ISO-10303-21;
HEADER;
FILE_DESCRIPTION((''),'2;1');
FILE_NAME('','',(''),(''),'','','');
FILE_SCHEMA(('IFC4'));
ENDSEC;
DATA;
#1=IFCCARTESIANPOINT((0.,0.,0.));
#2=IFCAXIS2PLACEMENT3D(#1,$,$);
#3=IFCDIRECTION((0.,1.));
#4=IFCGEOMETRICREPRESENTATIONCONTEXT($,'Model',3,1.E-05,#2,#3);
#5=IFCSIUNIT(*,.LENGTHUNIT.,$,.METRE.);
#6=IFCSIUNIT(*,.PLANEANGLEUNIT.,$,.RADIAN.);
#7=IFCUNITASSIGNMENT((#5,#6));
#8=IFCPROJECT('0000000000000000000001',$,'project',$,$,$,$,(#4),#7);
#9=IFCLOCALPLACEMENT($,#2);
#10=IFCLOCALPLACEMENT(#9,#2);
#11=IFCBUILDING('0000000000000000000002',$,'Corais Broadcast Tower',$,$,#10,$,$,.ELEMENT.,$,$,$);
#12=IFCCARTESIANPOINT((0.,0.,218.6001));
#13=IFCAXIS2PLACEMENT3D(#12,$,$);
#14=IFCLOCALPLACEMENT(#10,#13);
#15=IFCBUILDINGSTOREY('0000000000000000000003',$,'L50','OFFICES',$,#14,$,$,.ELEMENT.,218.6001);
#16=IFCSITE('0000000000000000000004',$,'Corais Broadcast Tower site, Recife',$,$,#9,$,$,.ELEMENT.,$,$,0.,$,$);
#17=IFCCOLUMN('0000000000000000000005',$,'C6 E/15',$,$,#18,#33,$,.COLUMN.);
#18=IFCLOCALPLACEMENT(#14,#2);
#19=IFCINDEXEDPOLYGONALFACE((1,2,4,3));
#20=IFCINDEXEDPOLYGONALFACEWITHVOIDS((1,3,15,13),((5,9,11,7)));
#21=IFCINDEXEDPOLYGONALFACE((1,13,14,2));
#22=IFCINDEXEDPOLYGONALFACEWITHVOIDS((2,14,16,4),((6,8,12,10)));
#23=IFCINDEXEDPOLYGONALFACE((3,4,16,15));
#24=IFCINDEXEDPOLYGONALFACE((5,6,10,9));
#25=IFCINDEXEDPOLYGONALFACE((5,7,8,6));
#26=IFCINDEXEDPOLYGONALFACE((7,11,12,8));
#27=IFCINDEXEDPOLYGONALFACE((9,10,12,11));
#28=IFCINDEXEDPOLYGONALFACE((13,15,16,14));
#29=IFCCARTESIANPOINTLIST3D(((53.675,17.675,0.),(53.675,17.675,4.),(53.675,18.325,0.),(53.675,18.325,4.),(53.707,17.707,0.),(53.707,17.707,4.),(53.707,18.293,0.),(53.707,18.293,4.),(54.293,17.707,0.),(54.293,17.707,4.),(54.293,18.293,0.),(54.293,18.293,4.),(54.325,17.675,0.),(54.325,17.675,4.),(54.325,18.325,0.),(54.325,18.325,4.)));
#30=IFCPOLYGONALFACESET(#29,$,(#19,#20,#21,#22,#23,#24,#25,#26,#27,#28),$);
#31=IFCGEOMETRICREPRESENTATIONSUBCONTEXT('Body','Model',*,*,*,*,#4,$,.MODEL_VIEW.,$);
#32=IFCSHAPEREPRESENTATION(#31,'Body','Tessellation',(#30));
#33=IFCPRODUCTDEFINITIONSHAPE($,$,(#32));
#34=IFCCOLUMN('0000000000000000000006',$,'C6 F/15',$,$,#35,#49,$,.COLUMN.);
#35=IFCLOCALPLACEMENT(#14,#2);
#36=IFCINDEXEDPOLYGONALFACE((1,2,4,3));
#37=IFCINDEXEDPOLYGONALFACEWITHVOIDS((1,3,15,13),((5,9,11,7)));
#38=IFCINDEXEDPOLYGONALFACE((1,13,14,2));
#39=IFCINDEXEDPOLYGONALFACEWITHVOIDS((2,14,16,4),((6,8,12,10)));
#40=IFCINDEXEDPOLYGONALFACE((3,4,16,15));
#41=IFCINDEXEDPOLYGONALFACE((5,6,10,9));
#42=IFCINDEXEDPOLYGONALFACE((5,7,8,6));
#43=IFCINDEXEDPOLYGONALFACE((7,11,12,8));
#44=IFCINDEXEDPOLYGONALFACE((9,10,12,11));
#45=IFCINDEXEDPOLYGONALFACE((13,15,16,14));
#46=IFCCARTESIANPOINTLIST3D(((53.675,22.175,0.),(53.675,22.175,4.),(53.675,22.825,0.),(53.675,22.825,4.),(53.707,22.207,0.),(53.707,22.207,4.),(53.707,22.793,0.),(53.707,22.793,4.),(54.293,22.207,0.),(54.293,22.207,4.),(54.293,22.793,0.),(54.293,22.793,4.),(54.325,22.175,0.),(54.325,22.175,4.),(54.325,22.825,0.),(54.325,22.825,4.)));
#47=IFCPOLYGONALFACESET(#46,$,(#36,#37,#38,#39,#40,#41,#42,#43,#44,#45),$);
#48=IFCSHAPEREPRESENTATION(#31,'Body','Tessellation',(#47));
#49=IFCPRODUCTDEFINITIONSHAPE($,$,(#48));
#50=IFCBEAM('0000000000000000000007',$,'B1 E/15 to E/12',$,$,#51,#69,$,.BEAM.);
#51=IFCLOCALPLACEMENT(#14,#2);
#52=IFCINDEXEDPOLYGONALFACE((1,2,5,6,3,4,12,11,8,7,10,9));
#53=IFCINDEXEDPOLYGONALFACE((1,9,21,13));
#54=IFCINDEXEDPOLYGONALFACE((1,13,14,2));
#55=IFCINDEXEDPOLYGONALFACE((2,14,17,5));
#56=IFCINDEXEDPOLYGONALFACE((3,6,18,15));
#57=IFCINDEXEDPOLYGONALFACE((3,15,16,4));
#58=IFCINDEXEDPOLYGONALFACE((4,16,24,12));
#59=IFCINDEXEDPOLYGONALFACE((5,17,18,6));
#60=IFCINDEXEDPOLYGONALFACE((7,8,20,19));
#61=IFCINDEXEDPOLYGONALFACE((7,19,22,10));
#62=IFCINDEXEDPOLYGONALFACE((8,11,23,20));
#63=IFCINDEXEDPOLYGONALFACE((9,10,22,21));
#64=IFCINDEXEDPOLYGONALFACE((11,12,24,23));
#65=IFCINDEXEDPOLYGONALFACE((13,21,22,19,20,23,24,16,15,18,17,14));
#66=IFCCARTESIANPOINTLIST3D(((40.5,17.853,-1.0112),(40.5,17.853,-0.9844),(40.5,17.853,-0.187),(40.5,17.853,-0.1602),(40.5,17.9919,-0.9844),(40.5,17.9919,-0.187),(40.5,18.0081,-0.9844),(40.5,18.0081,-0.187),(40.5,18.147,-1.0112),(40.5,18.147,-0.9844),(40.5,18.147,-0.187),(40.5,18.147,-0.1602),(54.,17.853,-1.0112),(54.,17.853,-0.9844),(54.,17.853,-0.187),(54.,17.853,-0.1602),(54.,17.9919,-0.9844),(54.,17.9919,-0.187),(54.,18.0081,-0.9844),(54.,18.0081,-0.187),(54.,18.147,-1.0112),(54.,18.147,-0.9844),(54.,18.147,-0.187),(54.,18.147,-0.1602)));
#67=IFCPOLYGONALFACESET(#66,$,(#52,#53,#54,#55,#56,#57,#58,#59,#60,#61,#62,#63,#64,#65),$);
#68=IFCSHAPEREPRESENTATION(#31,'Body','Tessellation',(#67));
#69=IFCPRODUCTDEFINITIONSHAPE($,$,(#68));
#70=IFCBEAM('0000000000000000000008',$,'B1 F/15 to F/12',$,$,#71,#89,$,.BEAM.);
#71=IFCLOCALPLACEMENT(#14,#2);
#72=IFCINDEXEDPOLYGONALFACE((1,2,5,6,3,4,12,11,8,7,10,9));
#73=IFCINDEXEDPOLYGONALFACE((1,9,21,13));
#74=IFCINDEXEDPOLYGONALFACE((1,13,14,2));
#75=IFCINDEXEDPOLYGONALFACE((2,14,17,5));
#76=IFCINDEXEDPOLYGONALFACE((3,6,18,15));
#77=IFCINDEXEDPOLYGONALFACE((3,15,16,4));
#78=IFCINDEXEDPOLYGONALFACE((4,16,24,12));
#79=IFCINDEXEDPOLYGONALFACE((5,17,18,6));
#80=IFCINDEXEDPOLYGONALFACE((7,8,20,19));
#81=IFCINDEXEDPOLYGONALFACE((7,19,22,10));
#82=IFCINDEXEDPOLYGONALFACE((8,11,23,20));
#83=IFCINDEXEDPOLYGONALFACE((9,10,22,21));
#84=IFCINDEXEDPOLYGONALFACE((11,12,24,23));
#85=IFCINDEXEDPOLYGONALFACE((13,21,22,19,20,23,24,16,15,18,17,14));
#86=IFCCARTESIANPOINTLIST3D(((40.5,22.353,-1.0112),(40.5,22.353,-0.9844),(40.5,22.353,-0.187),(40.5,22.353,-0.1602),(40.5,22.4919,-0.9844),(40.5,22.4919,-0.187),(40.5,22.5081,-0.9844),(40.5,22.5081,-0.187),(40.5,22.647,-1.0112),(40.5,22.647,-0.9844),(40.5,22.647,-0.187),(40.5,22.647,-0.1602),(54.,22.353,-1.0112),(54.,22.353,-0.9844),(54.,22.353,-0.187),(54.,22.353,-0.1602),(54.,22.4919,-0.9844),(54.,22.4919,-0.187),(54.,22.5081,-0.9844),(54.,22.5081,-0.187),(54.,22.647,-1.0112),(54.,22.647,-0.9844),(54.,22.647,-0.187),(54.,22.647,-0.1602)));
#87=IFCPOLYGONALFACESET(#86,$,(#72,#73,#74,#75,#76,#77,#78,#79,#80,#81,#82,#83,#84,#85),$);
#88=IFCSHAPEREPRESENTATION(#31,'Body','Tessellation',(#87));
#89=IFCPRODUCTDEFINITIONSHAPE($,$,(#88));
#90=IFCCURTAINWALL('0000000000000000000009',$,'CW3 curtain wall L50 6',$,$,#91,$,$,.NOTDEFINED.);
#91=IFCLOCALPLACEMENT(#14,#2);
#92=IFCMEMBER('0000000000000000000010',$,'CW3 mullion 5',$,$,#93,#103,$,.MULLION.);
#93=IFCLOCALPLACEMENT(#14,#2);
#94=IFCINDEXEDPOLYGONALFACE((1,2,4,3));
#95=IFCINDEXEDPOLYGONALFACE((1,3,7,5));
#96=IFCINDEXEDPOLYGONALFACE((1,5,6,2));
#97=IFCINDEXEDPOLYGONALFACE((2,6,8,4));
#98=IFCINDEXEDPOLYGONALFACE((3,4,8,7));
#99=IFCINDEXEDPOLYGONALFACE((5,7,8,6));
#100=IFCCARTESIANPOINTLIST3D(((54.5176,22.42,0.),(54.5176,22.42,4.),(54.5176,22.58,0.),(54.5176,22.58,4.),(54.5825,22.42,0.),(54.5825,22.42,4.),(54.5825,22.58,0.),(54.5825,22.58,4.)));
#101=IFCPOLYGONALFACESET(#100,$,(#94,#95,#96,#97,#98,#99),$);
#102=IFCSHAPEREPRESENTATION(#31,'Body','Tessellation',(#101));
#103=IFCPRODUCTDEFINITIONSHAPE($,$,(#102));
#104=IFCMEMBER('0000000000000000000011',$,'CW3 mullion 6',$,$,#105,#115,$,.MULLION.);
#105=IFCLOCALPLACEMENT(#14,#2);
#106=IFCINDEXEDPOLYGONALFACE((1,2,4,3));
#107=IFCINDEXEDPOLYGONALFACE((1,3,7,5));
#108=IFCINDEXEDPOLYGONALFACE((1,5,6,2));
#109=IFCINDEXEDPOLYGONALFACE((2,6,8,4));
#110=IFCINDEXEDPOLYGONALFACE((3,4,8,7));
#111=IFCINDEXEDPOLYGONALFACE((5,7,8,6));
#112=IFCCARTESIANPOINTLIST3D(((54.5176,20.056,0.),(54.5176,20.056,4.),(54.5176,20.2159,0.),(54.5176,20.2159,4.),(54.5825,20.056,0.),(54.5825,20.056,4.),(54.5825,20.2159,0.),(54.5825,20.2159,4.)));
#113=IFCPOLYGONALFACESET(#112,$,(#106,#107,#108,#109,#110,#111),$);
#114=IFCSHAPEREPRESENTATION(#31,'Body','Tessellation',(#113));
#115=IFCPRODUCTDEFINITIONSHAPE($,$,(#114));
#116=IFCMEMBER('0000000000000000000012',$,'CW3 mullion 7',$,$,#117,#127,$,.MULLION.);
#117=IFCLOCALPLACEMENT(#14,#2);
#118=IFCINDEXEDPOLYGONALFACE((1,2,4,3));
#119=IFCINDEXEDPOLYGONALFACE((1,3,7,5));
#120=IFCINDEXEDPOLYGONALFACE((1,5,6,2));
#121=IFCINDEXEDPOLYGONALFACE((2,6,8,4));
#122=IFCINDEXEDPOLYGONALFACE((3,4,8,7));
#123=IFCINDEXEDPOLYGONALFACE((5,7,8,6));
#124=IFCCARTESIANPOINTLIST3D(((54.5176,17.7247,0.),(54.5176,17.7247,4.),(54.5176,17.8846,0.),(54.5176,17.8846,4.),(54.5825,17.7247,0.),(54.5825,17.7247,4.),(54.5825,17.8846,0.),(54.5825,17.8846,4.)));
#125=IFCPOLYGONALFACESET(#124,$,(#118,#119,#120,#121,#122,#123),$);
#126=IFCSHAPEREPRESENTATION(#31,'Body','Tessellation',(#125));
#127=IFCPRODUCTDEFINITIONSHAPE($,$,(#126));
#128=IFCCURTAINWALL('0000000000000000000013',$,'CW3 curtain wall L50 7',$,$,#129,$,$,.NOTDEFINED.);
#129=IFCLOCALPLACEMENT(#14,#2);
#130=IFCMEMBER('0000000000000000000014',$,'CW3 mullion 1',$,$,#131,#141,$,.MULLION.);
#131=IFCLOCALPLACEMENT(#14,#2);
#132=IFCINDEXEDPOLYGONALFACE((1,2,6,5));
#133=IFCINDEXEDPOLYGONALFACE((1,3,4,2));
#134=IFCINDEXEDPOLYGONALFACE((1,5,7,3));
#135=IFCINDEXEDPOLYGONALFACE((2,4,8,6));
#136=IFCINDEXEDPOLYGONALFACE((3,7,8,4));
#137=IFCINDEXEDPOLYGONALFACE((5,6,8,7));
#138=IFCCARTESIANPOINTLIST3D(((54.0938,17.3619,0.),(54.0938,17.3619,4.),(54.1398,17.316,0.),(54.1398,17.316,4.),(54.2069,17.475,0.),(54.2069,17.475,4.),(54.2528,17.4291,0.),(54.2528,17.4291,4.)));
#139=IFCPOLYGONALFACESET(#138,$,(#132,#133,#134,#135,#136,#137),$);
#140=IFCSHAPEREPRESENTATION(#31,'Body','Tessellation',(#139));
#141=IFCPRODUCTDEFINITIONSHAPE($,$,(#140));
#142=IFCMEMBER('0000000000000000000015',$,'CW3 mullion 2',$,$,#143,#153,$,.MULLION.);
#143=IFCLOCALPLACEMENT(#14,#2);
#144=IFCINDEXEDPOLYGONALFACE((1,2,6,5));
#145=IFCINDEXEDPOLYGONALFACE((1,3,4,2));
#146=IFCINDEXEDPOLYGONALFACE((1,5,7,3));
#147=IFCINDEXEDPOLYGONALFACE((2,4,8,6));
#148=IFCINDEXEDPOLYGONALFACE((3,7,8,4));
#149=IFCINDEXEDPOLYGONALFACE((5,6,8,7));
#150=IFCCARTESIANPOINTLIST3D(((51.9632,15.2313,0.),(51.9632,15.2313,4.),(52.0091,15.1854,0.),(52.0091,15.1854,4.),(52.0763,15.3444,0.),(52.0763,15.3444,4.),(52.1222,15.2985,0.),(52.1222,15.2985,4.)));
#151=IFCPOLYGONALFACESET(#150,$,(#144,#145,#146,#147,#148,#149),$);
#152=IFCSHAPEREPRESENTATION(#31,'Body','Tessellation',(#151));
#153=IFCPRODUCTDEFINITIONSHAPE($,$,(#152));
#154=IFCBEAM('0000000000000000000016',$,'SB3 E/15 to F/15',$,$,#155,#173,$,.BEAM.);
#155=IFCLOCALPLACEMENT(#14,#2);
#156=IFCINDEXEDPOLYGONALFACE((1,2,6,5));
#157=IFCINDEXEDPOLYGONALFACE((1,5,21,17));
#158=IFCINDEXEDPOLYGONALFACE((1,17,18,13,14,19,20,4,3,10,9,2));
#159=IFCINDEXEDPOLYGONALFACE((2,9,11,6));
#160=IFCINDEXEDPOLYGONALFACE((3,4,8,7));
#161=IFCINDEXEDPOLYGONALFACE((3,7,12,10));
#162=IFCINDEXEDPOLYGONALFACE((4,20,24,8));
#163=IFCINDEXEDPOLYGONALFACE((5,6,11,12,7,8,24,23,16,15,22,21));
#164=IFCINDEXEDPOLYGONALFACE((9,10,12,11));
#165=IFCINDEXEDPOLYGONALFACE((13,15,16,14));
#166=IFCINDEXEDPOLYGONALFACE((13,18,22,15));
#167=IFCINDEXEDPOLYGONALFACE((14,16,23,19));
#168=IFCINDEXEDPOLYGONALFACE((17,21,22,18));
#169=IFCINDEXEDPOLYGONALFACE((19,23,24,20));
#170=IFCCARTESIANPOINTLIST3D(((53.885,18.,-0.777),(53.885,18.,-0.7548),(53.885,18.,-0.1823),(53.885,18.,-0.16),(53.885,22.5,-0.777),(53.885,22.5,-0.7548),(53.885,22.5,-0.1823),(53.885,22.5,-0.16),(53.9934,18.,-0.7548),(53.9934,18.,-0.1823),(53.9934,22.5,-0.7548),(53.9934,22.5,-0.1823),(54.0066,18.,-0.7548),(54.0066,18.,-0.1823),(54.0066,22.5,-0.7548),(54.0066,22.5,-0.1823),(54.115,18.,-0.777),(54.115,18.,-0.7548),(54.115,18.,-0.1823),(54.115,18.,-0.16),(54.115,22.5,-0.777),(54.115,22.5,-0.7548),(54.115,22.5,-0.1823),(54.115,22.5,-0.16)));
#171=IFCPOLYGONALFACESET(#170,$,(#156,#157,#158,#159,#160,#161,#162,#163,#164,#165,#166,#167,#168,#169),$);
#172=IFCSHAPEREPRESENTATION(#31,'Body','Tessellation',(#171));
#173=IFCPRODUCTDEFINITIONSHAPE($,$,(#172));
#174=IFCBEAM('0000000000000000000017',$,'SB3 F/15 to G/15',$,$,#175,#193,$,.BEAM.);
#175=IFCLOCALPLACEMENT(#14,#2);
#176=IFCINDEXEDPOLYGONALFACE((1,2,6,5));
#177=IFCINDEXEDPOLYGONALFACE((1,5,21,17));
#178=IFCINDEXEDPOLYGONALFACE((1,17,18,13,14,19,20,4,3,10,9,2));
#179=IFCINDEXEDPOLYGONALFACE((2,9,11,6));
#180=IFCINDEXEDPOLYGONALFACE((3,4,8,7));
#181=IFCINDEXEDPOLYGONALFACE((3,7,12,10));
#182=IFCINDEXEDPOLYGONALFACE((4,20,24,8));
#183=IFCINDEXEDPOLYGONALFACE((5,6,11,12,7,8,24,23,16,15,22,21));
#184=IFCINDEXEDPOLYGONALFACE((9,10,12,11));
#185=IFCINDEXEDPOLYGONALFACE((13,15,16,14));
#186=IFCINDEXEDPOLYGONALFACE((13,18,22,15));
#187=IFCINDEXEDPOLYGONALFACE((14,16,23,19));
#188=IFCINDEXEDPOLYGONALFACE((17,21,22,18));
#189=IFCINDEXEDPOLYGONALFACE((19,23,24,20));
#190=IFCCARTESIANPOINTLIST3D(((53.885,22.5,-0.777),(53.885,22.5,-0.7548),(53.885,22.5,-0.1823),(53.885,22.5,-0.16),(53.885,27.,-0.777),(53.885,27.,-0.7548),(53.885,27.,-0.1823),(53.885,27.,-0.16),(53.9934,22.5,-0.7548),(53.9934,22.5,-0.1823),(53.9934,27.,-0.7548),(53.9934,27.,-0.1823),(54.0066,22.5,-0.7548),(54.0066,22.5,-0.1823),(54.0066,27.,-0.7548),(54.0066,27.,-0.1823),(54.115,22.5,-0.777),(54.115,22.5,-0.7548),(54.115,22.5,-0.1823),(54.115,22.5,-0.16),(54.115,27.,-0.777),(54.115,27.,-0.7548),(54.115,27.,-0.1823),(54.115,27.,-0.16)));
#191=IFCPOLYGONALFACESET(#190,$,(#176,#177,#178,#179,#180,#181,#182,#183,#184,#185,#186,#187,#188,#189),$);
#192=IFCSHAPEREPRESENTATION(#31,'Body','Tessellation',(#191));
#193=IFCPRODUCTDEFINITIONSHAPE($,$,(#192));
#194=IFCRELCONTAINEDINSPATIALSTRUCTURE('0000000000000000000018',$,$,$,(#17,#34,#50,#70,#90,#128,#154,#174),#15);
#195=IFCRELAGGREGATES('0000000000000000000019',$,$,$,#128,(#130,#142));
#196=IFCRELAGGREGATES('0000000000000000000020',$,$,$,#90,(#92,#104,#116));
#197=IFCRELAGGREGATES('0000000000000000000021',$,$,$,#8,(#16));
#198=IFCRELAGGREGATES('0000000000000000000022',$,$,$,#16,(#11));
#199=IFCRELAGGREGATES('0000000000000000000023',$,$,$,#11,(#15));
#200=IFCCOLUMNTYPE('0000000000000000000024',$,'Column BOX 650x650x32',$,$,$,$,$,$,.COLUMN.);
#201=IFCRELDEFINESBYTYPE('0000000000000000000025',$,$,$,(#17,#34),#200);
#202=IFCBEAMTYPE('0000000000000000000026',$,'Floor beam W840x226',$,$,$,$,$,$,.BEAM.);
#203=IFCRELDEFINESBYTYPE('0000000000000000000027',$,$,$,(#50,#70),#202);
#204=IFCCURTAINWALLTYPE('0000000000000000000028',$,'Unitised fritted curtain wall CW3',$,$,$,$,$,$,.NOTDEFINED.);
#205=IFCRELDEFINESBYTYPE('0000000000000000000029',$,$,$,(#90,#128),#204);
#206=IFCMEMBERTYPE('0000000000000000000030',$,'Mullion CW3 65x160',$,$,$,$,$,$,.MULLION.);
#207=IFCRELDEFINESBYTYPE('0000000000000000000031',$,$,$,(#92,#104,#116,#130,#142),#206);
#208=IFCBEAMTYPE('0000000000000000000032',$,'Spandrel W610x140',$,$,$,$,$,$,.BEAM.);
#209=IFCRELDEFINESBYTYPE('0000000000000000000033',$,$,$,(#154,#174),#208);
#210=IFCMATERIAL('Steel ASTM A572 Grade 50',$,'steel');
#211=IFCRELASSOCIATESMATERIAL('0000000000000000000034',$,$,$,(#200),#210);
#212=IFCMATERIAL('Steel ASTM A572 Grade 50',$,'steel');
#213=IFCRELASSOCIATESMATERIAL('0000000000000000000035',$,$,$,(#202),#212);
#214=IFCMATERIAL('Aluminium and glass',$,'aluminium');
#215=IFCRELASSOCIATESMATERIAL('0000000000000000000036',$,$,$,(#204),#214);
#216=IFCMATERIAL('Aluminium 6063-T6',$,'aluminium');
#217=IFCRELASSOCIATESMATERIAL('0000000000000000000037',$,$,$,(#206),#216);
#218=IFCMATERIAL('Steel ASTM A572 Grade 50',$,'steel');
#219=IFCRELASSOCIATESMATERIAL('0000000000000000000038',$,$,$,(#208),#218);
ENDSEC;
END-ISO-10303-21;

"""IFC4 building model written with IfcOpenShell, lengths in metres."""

from ifc_helpers import new_model, si_unit, direction, frame, origin, origin_2d, place, context, subcontext, project, spatial, rectangle, hollow_rectangle, i_section, extrude, material, material_profile, profile_set, type_object, element, aggregate, save


model = new_model("IFC4")

# Units and contexts
model_context = context("Model", 3, precision=1e-05, world=origin(), true_north=direction((0.0, 1.0)))
body_context = subcontext(model_context, "Body", "Model", "MODEL_VIEW")
ifc_project = project(units=[si_unit("LENGTHUNIT", "METRE"), si_unit("PLANEANGLEUNIT", "RADIAN")], contexts=[model_context])

# Site, building, storey
site_placement = place(None, origin())
site = spatial("IfcSite", under=ifc_project, at=site_placement, Name="Corais Broadcast Tower site, Recife", CompositionType="ELEMENT", RefElevation=0.0)
building_placement = place(site_placement, origin())
building = spatial("IfcBuilding", under=site, at=building_placement, Name="Corais Broadcast Tower", CompositionType="ELEMENT")
storey_placement = place(building_placement, frame((0.0, 0.0, 218.6001)))
storey = spatial("IfcBuildingStorey", under=building, at=storey_placement, Name="L50", Description="OFFICES", CompositionType="ELEMENT", Elevation=218.6001)

# Columns
ifc_material_1 = material(Name="Steel ASTM A572 Grade 50", Category="steel")
ifc_material_profile_1 = material_profile(ifc_material_1, hollow_rectangle(XDim=0.6499, YDim=0.6499, WallThickness=0.032, at=origin_2d()), Name="BOX 650x650x32")
ifc_profile_set_1 = profile_set([ifc_material_profile_1], Name="Steel ASTM A572 Grade 50")
column_type = type_object("IfcColumnType", Name="Column BOX 650x650x32", PredefinedType="COLUMN", material=ifc_profile_set_1)
for number, where, z_axis, x_axis, name in (
    (1, (54.0, 18.0, 0.0), (0.0, 0.0, 1.0), (1.0, 0.0, 0.0), "C6 E/15"),
    (2, (54.0, 22.5, 0.0), (0.0, 0.0, 1.0), (1.0, 0.0, 0.0), "C6 F/15"),
):
    element("IfcColumn", number, at=place(storey_placement, frame(where, z_axis=z_axis, x_axis=x_axis)), inside=storey, type_object=column_type, Name=name, PredefinedType="COLUMN", context=body_context, shape_type="SweptSolid", body=[
        extrude(hollow_rectangle(XDim=0.6499, YDim=0.6499, WallThickness=0.032, at=origin_2d()), origin(), (0.0, 0.0, 1.0), 4.0),
    ])

# Beams
ifc_material_2 = material(Name="Steel ASTM A572 Grade 50", Category="steel")
ifc_material_profile_2 = material_profile(ifc_material_2, i_section(OverallWidth=0.2939, OverallDepth=0.8511, WebThickness=0.0161, FlangeThickness=0.0269, at=origin_2d()), Name="W840x226")
ifc_profile_set_2 = profile_set([ifc_material_profile_2], Name="Steel ASTM A572 Grade 50")
beam_type_1 = type_object("IfcBeamType", Name="Floor beam W840x226", PredefinedType="BEAM", material=ifc_profile_set_2)
for number, where, z_axis, x_axis, name in (
    (3, (54.0, 18.0, -0.5857), (-1.0, 0.0, 0.0), (0.0, -1.0, 0.0), "B1 E/15 to E/12"),
    (4, (54.0, 22.5, -0.5857), (-1.0, 0.0, 0.0), (0.0, -1.0, 0.0), "B1 F/15 to F/12"),
):
    element("IfcBeam", number, at=place(storey_placement, frame(where, z_axis=z_axis, x_axis=x_axis)), inside=storey, type_object=beam_type_1, Name=name, PredefinedType="BEAM", context=body_context, shape_type="SweptSolid", body=[
        extrude(i_section(OverallWidth=0.2939, OverallDepth=0.8511, WebThickness=0.0161, FlangeThickness=0.0269, at=origin_2d()), origin(), (0.0, 0.0, 1.0), 13.5),
    ])

# Curtain walls, members
ifc_material_3 = material(Name="Aluminium and glass", Category="aluminium")
curtain_wall_type = type_object("IfcCurtainWallType", Name="Unitised fritted curtain wall CW3", PredefinedType="NOTDEFINED", material=ifc_material_3)
curtain_wall_1_placement = place(storey_placement, origin())
curtain_wall_1 = element("IfcCurtainWall", 5, at=curtain_wall_1_placement, inside=storey, type_object=curtain_wall_type, Name="CW3 curtain wall L50 6", PredefinedType="NOTDEFINED")
ifc_material_4 = material(Name="Aluminium 6063-T6", Category="aluminium")
ifc_material_profile_3 = material_profile(ifc_material_4, rectangle(XDim=0.0649, YDim=0.1599, at=origin_2d()), Name="Mullion CW3 65x160")
ifc_profile_set_3 = profile_set([ifc_material_profile_3], Name="Aluminium 6063-T6")
member_type_1 = type_object("IfcMemberType", Name="Mullion CW3 65x160", PredefinedType="MULLION", material=ifc_profile_set_3)
member_1_placement = place(storey_placement, frame((54.55, 22.5, 0.0), z_axis=(0.0, 0.0, 1.0), x_axis=(1.0, 0.0, 0.0)))
member_1 = element("IfcMember", 6, at=member_1_placement, type_object=member_type_1, Name="CW3 mullion 5", PredefinedType="MULLION", context=body_context, shape_type="SweptSolid", body=[
    extrude(rectangle(XDim=0.0649, YDim=0.1599, at=origin_2d()), origin(), (0.0, 0.0, 1.0), 4.0),
])
member_2_placement = place(storey_placement, frame((54.55, 20.136, 0.0), z_axis=(0.0, 0.0, 1.0), x_axis=(1.0, 0.0, 0.0)))
member_2 = element("IfcMember", 7, at=member_2_placement, type_object=member_type_1, Name="CW3 mullion 6", PredefinedType="MULLION", context=body_context, shape_type="SweptSolid", body=[
    extrude(rectangle(XDim=0.0649, YDim=0.1599, at=origin_2d()), origin(), (0.0, 0.0, 1.0), 4.0),
])
member_3_placement = place(storey_placement, frame((54.55, 17.8047, 0.0), z_axis=(0.0, 0.0, 1.0), x_axis=(1.0, 0.0, 0.0)))
member_3 = element("IfcMember", 8, at=member_3_placement, type_object=member_type_1, Name="CW3 mullion 7", PredefinedType="MULLION", context=body_context, shape_type="SweptSolid", body=[
    extrude(rectangle(XDim=0.0649, YDim=0.1599, at=origin_2d()), origin(), (0.0, 0.0, 1.0), 4.0),
])
curtain_wall_2_placement = place(storey_placement, origin())
curtain_wall_2 = element("IfcCurtainWall", 9, at=curtain_wall_2_placement, inside=storey, type_object=curtain_wall_type, Name="CW3 curtain wall L50 7", PredefinedType="NOTDEFINED")
member_4_placement = place(storey_placement, frame((54.1733, 17.3955, 0.0), z_axis=(0.0, 0.0, 1.0), x_axis=(0.707107, -0.707107, 0.0)))
member_4 = element("IfcMember", 10, at=member_4_placement, type_object=member_type_1, Name="CW3 mullion 1", PredefinedType="MULLION", context=body_context, shape_type="SweptSolid", body=[
    extrude(rectangle(XDim=0.0649, YDim=0.1599, at=origin_2d()), origin(), (0.0, 0.0, 1.0), 4.0),
])
member_5_placement = place(storey_placement, frame((52.0427, 15.2649, 0.0), z_axis=(0.0, 0.0, 1.0), x_axis=(0.707107, -0.707107, 0.0)))
member_5 = element("IfcMember", 11, at=member_5_placement, type_object=member_type_1, Name="CW3 mullion 2", PredefinedType="MULLION", context=body_context, shape_type="SweptSolid", body=[
    extrude(rectangle(XDim=0.0649, YDim=0.1599, at=origin_2d()), origin(), (0.0, 0.0, 1.0), 4.0),
])

# Beams
ifc_material_5 = material(Name="Steel ASTM A572 Grade 50", Category="steel")
ifc_material_profile_4 = material_profile(ifc_material_5, i_section(OverallWidth=0.23, OverallDepth=0.6169, WebThickness=0.0132, FlangeThickness=0.0222, at=origin_2d()), Name="W610x140")
ifc_profile_set_4 = profile_set([ifc_material_profile_4], Name="Steel ASTM A572 Grade 50")
beam_type_2 = type_object("IfcBeamType", Name="Spandrel W610x140", PredefinedType="BEAM", material=ifc_profile_set_4)
for number, where, z_axis, x_axis, name in (
    (12, (54.0, 18.0, -0.4685), (0.0, 1.0, 0.0), (-1.0, 0.0, 0.0), "SB3 E/15 to F/15"),
    (13, (54.0, 22.5, -0.4685), (0.0, 1.0, 0.0), (-1.0, 0.0, 0.0), "SB3 F/15 to G/15"),
):
    element("IfcBeam", number, at=place(storey_placement, frame(where, z_axis=z_axis, x_axis=x_axis)), inside=storey, type_object=beam_type_2, Name=name, PredefinedType="BEAM", context=body_context, shape_type="SweptSolid", body=[
        extrude(i_section(OverallWidth=0.23, OverallDepth=0.6169, WebThickness=0.0132, FlangeThickness=0.0222, at=origin_2d()), origin(), (0.0, 0.0, 1.0), 4.5),
    ])

aggregate(curtain_wall_2, [member_4, member_5])
aggregate(curtain_wall_1, [member_1, member_2, member_3])

save(model, "model.ifc")
